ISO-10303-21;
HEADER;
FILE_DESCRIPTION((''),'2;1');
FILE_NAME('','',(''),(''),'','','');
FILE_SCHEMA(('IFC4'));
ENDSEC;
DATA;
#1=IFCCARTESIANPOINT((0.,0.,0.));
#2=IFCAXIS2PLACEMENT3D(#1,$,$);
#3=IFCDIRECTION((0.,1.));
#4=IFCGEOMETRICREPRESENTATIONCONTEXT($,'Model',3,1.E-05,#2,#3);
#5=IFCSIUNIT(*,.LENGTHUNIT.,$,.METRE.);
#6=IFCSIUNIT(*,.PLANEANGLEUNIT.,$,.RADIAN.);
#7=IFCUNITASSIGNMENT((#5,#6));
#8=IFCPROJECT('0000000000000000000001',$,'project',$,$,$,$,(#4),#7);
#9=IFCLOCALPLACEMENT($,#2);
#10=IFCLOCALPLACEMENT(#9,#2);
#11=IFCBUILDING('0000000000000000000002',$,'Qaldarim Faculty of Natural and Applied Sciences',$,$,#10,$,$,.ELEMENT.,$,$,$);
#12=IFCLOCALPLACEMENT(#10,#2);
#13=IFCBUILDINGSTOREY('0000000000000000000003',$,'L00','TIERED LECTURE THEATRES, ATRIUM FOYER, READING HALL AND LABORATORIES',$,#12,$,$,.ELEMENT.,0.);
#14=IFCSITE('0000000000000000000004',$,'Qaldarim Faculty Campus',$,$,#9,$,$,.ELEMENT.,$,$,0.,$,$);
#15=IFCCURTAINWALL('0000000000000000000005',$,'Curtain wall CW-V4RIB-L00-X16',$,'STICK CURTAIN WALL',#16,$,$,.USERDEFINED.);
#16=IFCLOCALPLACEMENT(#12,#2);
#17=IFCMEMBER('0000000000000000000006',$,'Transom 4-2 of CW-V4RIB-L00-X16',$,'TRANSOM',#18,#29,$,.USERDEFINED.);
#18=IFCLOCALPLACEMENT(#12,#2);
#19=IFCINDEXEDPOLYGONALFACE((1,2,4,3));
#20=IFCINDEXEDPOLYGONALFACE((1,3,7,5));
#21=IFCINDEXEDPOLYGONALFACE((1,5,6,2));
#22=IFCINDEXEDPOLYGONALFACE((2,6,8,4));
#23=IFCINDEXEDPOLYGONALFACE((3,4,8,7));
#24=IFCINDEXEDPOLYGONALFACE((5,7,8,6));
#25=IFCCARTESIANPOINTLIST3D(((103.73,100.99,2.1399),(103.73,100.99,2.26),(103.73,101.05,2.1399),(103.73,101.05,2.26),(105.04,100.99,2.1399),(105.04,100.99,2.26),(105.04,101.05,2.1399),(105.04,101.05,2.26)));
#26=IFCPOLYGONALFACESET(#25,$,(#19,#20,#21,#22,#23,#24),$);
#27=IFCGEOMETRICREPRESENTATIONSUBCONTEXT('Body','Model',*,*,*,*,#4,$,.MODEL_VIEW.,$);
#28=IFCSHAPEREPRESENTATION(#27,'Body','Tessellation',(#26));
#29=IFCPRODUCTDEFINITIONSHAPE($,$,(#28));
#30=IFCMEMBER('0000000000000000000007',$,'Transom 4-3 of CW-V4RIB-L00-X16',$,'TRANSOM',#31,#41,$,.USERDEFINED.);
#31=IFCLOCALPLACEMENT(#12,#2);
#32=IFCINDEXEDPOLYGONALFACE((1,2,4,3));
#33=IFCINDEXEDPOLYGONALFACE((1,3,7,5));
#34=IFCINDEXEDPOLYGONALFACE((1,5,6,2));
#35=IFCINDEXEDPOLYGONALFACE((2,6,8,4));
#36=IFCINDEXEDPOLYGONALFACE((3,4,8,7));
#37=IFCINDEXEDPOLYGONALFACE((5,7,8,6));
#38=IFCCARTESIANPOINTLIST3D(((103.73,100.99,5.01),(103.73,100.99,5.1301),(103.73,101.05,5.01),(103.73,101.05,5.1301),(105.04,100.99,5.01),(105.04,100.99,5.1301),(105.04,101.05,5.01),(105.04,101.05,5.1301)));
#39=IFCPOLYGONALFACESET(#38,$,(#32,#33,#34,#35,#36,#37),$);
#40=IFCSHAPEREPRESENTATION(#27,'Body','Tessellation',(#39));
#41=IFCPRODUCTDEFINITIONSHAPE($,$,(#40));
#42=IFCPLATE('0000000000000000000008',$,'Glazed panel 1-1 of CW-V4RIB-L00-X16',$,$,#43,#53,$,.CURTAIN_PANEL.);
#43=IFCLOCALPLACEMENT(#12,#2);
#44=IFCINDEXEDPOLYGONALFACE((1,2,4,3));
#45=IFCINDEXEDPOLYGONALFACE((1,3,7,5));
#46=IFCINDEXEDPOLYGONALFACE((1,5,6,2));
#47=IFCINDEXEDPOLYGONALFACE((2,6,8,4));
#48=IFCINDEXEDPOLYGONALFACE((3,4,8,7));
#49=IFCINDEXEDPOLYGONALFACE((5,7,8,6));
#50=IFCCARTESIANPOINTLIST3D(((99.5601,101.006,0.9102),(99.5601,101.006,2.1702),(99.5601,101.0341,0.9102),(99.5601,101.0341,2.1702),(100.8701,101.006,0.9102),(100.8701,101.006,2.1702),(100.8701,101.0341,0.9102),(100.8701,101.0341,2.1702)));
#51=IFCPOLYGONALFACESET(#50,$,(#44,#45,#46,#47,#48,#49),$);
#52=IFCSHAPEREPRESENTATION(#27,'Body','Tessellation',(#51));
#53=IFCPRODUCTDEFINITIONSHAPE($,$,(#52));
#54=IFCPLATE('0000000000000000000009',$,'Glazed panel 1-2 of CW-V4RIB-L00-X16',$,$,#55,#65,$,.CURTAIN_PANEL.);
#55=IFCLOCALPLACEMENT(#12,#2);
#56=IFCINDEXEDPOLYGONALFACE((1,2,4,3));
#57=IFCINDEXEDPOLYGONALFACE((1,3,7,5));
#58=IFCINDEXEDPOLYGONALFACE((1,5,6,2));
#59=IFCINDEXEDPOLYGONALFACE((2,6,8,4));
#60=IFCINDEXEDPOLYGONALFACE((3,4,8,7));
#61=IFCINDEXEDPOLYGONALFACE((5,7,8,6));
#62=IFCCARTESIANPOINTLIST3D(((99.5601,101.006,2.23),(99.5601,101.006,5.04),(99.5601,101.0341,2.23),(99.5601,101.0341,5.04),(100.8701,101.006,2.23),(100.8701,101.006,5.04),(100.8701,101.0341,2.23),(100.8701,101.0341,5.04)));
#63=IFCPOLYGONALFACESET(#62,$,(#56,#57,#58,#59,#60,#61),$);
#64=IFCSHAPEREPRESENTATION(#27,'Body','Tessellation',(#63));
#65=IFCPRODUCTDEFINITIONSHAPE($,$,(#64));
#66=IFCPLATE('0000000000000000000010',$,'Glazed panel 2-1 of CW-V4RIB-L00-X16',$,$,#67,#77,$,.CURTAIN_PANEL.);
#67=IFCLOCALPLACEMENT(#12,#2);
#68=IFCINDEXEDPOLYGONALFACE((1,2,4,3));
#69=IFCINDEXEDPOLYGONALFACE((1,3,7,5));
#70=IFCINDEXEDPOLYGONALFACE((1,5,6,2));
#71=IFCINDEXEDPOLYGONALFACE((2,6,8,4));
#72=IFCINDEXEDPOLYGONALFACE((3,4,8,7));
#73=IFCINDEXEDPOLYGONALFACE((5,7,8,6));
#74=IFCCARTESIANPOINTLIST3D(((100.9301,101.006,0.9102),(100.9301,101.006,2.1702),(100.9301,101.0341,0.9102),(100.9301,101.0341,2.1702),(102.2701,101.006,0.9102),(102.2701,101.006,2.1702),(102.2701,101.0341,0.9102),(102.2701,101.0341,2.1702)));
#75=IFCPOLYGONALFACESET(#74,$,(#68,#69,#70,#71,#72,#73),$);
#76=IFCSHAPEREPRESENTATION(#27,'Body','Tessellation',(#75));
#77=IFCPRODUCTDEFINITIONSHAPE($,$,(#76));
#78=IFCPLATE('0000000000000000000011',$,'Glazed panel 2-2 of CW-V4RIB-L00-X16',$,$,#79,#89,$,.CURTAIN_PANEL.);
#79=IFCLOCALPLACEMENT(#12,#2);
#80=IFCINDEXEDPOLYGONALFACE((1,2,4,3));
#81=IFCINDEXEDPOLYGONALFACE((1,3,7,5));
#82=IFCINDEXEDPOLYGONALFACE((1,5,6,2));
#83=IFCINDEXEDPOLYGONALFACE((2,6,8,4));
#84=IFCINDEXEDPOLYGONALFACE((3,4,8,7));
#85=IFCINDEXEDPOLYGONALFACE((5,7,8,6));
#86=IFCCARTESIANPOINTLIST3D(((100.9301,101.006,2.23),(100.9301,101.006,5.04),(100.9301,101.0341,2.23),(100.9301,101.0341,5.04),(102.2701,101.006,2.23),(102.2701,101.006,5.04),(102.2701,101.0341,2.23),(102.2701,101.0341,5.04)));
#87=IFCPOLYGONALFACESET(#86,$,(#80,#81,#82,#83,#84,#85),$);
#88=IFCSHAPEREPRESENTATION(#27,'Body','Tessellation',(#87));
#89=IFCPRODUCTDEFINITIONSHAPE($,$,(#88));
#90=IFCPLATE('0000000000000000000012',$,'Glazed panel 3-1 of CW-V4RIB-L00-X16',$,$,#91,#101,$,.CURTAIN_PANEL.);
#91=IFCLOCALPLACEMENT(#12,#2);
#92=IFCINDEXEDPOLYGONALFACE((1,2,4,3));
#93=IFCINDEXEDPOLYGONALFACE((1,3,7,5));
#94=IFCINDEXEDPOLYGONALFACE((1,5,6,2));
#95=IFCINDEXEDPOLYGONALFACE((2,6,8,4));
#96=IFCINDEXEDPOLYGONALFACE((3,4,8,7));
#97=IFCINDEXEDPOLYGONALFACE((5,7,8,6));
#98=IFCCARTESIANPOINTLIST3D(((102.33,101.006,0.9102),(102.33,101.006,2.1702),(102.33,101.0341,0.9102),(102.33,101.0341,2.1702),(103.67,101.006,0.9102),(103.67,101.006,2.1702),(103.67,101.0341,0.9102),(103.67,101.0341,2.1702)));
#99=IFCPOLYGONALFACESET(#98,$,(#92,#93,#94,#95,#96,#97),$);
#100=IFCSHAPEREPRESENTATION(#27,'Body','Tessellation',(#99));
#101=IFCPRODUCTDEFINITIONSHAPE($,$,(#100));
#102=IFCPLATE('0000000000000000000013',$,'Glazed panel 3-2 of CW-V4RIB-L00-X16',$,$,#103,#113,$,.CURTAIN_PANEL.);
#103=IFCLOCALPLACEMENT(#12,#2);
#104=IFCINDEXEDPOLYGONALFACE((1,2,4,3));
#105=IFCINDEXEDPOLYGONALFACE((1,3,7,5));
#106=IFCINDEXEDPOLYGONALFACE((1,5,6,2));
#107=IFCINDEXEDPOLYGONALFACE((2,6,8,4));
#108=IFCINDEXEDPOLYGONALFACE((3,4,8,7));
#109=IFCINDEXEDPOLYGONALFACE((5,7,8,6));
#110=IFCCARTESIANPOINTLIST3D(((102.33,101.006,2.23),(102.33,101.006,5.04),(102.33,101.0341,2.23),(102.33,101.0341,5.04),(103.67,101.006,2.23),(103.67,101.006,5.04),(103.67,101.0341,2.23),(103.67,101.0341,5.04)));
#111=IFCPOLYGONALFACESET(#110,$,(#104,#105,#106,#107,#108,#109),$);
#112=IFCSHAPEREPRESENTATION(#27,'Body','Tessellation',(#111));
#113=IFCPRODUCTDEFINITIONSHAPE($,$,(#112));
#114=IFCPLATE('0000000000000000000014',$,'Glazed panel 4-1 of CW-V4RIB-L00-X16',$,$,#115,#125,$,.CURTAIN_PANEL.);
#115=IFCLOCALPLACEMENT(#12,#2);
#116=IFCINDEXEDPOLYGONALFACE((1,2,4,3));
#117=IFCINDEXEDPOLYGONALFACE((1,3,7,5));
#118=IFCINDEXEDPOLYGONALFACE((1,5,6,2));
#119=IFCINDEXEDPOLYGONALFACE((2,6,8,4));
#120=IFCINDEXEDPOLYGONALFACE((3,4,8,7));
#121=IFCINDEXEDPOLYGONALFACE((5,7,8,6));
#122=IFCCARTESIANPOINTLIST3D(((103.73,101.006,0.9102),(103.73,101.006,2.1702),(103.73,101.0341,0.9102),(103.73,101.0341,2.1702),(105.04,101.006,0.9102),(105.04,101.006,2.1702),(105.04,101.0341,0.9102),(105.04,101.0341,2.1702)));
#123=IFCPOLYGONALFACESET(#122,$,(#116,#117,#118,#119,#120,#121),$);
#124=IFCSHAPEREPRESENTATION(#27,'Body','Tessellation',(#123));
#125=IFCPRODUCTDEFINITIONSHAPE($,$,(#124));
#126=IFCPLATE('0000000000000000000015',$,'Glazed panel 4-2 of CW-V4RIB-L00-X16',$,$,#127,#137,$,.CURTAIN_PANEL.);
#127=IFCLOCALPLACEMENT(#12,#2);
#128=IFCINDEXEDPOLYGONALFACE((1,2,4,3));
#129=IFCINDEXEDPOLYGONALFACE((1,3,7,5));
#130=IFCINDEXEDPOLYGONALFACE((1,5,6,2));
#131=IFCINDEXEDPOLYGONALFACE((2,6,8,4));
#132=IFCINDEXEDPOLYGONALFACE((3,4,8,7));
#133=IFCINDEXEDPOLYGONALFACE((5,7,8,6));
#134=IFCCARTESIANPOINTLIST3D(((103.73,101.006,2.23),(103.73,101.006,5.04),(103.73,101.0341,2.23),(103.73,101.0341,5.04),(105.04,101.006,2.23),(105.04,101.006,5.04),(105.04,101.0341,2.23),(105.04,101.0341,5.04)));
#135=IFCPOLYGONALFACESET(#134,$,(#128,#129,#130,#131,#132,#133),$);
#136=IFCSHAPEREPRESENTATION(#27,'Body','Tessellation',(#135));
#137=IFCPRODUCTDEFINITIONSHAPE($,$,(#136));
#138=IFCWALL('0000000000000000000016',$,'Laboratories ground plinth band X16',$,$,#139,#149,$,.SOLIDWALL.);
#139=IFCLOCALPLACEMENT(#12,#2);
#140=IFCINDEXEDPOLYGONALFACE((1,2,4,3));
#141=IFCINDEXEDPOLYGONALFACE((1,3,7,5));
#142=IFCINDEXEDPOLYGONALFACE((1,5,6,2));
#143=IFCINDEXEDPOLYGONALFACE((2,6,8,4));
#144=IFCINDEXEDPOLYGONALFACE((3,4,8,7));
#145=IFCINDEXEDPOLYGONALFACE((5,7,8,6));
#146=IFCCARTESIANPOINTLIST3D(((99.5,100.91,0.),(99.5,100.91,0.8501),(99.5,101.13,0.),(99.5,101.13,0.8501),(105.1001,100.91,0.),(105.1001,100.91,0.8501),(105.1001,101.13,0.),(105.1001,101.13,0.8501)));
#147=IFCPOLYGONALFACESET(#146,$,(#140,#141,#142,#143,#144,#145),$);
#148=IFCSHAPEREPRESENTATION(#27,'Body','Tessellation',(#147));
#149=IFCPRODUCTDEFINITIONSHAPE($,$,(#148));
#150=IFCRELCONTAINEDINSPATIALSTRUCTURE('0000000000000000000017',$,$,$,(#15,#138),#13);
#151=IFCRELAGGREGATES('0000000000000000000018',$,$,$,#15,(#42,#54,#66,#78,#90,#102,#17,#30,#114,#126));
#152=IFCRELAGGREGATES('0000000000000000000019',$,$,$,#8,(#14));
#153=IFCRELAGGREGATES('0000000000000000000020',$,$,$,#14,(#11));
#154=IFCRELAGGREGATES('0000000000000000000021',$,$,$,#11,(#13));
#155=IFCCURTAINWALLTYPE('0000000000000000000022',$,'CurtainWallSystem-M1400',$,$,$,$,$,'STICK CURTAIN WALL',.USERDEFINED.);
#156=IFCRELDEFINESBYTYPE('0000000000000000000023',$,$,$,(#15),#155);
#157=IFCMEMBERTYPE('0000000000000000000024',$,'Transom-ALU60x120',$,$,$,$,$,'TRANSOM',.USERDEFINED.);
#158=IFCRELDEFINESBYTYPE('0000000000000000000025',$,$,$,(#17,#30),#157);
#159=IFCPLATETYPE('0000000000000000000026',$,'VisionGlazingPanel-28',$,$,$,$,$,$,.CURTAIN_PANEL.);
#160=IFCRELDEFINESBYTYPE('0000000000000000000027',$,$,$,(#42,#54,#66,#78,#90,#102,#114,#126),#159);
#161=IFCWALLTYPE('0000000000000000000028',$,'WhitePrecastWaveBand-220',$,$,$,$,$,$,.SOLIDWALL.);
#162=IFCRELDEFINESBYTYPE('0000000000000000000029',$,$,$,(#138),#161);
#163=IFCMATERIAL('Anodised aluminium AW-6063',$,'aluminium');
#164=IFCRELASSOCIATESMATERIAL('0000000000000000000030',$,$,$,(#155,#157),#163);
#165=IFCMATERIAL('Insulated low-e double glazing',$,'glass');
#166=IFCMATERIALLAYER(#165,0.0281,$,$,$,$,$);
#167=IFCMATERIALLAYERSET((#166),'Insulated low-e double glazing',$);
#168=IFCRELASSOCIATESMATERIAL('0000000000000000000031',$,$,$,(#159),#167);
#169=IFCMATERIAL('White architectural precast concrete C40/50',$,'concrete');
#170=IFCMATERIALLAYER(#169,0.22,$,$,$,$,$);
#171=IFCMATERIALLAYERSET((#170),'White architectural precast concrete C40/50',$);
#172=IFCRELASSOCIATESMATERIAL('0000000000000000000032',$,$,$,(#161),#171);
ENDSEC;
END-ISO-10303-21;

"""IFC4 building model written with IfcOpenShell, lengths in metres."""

from ifc_helpers import new_model, si_unit, direction, frame, frame_2d, origin, origin_2d, place, context, subcontext, project, spatial, rectangle, extrude, material, layer, layer_set, material_profile, profile_set, type_object, element, aggregate, save


model = new_model("IFC4")

# Units and contexts
model_context = context("Model", 3, precision=1e-05, world=origin(), true_north=direction((0.0, 1.0)))
body_context = subcontext(model_context, "Body", "Model", "MODEL_VIEW")
ifc_project = project(units=[si_unit("LENGTHUNIT", "METRE"), si_unit("PLANEANGLEUNIT", "RADIAN")], contexts=[model_context])

# Site, building, storey
site_placement = place(None, origin())
site = spatial("IfcSite", under=ifc_project, at=site_placement, Name="Qaldarim Faculty Campus", CompositionType="ELEMENT", RefElevation=0.0)
building_placement = place(site_placement, origin())
building = spatial("IfcBuilding", under=site, at=building_placement, Name="Qaldarim Faculty of Natural and Applied Sciences", CompositionType="ELEMENT")
storey_placement = place(building_placement, origin())
storey = spatial("IfcBuildingStorey", under=building, at=storey_placement, Name="L00", Description="TIERED LECTURE THEATRES, ATRIUM FOYER, READING HALL AND LABORATORIES", CompositionType="ELEMENT", Elevation=0.0)

# Curtain wall
ifc_material_1 = material(Name="Anodised aluminium AW-6063", Category="aluminium")
curtain_wall_type = type_object("IfcCurtainWallType", Name="CurtainWallSystem-M1400", ElementType="STICK CURTAIN WALL", PredefinedType="USERDEFINED", material=ifc_material_1)
curtain_wall_placement = place(storey_placement, origin())
curtain_wall = element("IfcCurtainWall", 1, at=curtain_wall_placement, inside=storey, type_object=curtain_wall_type, Name="Curtain wall CW-V4RIB-L00-X16", ObjectType="STICK CURTAIN WALL", PredefinedType="USERDEFINED")

# Members
ifc_material_profile_1 = material_profile(ifc_material_1, rectangle(XDim=0.0601, YDim=0.1201, at=origin_2d()), Name="ALU-T60x120")
ifc_profile_set_1 = profile_set([ifc_material_profile_1], Name="Anodised aluminium AW-6063")
member_type_1 = type_object("IfcMemberType", Name="Transom-ALU60x120", ElementType="TRANSOM", PredefinedType="USERDEFINED", material=ifc_profile_set_1)
member_1_placement = place(storey_placement, frame((103.73, 101.02, 2.2), z_axis=(1.0, 0.0, 0.0), x_axis=(0.0, 1.0, 0.0)))
member_1 = element("IfcMember", 2, at=member_1_placement, type_object=member_type_1, Name="Transom 4-2 of CW-V4RIB-L00-X16", ObjectType="TRANSOM", PredefinedType="USERDEFINED", context=body_context, shape_type="SweptSolid", body=[
    extrude(rectangle(XDim=0.0601, YDim=0.1201, at=origin_2d()), origin(), (0.0, 0.0, 1.0), 1.3101),
])
member_2_placement = place(storey_placement, frame((103.73, 101.02, 5.0701), z_axis=(1.0, 0.0, 0.0), x_axis=(0.0, 1.0, 0.0)))
member_2 = element("IfcMember", 3, at=member_2_placement, type_object=member_type_1, Name="Transom 4-3 of CW-V4RIB-L00-X16", ObjectType="TRANSOM", PredefinedType="USERDEFINED", context=body_context, shape_type="SweptSolid", body=[
    extrude(rectangle(XDim=0.0601, YDim=0.1201, at=origin_2d()), origin(), (0.0, 0.0, 1.0), 1.3101),
])

# Plates
ifc_material_2 = material(Name="Insulated low-e double glazing", Category="glass")
ifc_layer_1 = layer(ifc_material_2, 0.0281)
ifc_layer_set_1 = layer_set([ifc_layer_1], Name="Insulated low-e double glazing")
plate_type = type_object("IfcPlateType", Name="VisionGlazingPanel-28", PredefinedType="CURTAIN_PANEL", material=ifc_layer_set_1)
plate_1_placement = place(storey_placement, frame((100.2151, 101.02, 0.9102), z_axis=(0.0, 0.0, 1.0), x_axis=(1.0, 0.0, 0.0)))
plate_1 = element("IfcPlate", 4, at=plate_1_placement, type_object=plate_type, Name="Glazed panel 1-1 of CW-V4RIB-L00-X16", PredefinedType="CURTAIN_PANEL", context=body_context, shape_type="SweptSolid", body=[
    extrude(rectangle(XDim=1.3101, YDim=0.0281, at=origin_2d()), origin(), (0.0, 0.0, 1.0), 1.26),
])
plate_2_placement = place(storey_placement, frame((100.2151, 101.02, 2.23), z_axis=(0.0, 0.0, 1.0), x_axis=(1.0, 0.0, 0.0)))
plate_2 = element("IfcPlate", 5, at=plate_2_placement, type_object=plate_type, Name="Glazed panel 1-2 of CW-V4RIB-L00-X16", PredefinedType="CURTAIN_PANEL", context=body_context, shape_type="SweptSolid", body=[
    extrude(rectangle(XDim=1.3101, YDim=0.0281, at=origin_2d()), origin(), (0.0, 0.0, 1.0), 2.8101),
])
plate_3_placement = place(storey_placement, frame((101.6001, 101.02, 0.9102), z_axis=(0.0, 0.0, 1.0), x_axis=(1.0, 0.0, 0.0)))
plate_3 = element("IfcPlate", 6, at=plate_3_placement, type_object=plate_type, Name="Glazed panel 2-1 of CW-V4RIB-L00-X16", PredefinedType="CURTAIN_PANEL", context=body_context, shape_type="SweptSolid", body=[
    extrude(rectangle(XDim=1.3401, YDim=0.0281, at=origin_2d()), origin(), (0.0, 0.0, 1.0), 1.26),
])
plate_4_placement = place(storey_placement, frame((101.6001, 101.02, 2.23), z_axis=(0.0, 0.0, 1.0), x_axis=(1.0, 0.0, 0.0)))
plate_4 = element("IfcPlate", 7, at=plate_4_placement, type_object=plate_type, Name="Glazed panel 2-2 of CW-V4RIB-L00-X16", PredefinedType="CURTAIN_PANEL", context=body_context, shape_type="SweptSolid", body=[
    extrude(rectangle(XDim=1.3401, YDim=0.0281, at=origin_2d()), origin(), (0.0, 0.0, 1.0), 2.8101),
])
plate_5_placement = place(storey_placement, frame((103.0, 101.02, 0.9102), z_axis=(0.0, 0.0, 1.0), x_axis=(1.0, 0.0, 0.0)))
plate_5 = element("IfcPlate", 8, at=plate_5_placement, type_object=plate_type, Name="Glazed panel 3-1 of CW-V4RIB-L00-X16", PredefinedType="CURTAIN_PANEL", context=body_context, shape_type="SweptSolid", body=[
    extrude(rectangle(XDim=1.3401, YDim=0.0281, at=origin_2d()), origin(), (0.0, 0.0, 1.0), 1.26),
])
plate_6_placement = place(storey_placement, frame((103.0, 101.02, 2.23), z_axis=(0.0, 0.0, 1.0), x_axis=(1.0, 0.0, 0.0)))
plate_6 = element("IfcPlate", 9, at=plate_6_placement, type_object=plate_type, Name="Glazed panel 3-2 of CW-V4RIB-L00-X16", PredefinedType="CURTAIN_PANEL", context=body_context, shape_type="SweptSolid", body=[
    extrude(rectangle(XDim=1.3401, YDim=0.0281, at=origin_2d()), origin(), (0.0, 0.0, 1.0), 2.8101),
])
plate_7_placement = place(storey_placement, frame((104.385, 101.02, 0.9102), z_axis=(0.0, 0.0, 1.0), x_axis=(1.0, 0.0, 0.0)))
plate_7 = element("IfcPlate", 10, at=plate_7_placement, type_object=plate_type, Name="Glazed panel 4-1 of CW-V4RIB-L00-X16", PredefinedType="CURTAIN_PANEL", context=body_context, shape_type="SweptSolid", body=[
    extrude(rectangle(XDim=1.3101, YDim=0.0281, at=origin_2d()), origin(), (0.0, 0.0, 1.0), 1.26),
])
plate_8_placement = place(storey_placement, frame((104.385, 101.02, 2.23), z_axis=(0.0, 0.0, 1.0), x_axis=(1.0, 0.0, 0.0)))
plate_8 = element("IfcPlate", 11, at=plate_8_placement, type_object=plate_type, Name="Glazed panel 4-2 of CW-V4RIB-L00-X16", PredefinedType="CURTAIN_PANEL", context=body_context, shape_type="SweptSolid", body=[
    extrude(rectangle(XDim=1.3101, YDim=0.0281, at=origin_2d()), origin(), (0.0, 0.0, 1.0), 2.8101),
])
aggregate(curtain_wall, [plate_1, plate_2, plate_3, plate_4, plate_5, plate_6, member_1, member_2, plate_7, plate_8])

# Wall
ifc_material_3 = material(Name="White architectural precast concrete C40/50", Category="concrete")
ifc_layer_2 = layer(ifc_material_3, 0.22)
ifc_layer_set_2 = layer_set([ifc_layer_2], Name="White architectural precast concrete C40/50")
wall_type = type_object("IfcWallType", Name="WhitePrecastWaveBand-220", PredefinedType="SOLIDWALL", material=ifc_layer_set_2)
wall_placement = place(storey_placement, frame((99.5, 101.02, 0.0), z_axis=(0.0, 0.0, 1.0), x_axis=(1.0, 0.0, 0.0)))
element("IfcWall", 12, at=wall_placement, inside=storey, type_object=wall_type, Name="Laboratories ground plinth band X16", PredefinedType="SOLIDWALL", context=body_context, shape_type="SweptSolid", body=[
    extrude(rectangle(XDim=5.6001, YDim=0.22, at=frame_2d((2.8, 0.0))), origin(), (0.0, 0.0, 1.0), 0.8501),
])

save(model, "model.ifc")
